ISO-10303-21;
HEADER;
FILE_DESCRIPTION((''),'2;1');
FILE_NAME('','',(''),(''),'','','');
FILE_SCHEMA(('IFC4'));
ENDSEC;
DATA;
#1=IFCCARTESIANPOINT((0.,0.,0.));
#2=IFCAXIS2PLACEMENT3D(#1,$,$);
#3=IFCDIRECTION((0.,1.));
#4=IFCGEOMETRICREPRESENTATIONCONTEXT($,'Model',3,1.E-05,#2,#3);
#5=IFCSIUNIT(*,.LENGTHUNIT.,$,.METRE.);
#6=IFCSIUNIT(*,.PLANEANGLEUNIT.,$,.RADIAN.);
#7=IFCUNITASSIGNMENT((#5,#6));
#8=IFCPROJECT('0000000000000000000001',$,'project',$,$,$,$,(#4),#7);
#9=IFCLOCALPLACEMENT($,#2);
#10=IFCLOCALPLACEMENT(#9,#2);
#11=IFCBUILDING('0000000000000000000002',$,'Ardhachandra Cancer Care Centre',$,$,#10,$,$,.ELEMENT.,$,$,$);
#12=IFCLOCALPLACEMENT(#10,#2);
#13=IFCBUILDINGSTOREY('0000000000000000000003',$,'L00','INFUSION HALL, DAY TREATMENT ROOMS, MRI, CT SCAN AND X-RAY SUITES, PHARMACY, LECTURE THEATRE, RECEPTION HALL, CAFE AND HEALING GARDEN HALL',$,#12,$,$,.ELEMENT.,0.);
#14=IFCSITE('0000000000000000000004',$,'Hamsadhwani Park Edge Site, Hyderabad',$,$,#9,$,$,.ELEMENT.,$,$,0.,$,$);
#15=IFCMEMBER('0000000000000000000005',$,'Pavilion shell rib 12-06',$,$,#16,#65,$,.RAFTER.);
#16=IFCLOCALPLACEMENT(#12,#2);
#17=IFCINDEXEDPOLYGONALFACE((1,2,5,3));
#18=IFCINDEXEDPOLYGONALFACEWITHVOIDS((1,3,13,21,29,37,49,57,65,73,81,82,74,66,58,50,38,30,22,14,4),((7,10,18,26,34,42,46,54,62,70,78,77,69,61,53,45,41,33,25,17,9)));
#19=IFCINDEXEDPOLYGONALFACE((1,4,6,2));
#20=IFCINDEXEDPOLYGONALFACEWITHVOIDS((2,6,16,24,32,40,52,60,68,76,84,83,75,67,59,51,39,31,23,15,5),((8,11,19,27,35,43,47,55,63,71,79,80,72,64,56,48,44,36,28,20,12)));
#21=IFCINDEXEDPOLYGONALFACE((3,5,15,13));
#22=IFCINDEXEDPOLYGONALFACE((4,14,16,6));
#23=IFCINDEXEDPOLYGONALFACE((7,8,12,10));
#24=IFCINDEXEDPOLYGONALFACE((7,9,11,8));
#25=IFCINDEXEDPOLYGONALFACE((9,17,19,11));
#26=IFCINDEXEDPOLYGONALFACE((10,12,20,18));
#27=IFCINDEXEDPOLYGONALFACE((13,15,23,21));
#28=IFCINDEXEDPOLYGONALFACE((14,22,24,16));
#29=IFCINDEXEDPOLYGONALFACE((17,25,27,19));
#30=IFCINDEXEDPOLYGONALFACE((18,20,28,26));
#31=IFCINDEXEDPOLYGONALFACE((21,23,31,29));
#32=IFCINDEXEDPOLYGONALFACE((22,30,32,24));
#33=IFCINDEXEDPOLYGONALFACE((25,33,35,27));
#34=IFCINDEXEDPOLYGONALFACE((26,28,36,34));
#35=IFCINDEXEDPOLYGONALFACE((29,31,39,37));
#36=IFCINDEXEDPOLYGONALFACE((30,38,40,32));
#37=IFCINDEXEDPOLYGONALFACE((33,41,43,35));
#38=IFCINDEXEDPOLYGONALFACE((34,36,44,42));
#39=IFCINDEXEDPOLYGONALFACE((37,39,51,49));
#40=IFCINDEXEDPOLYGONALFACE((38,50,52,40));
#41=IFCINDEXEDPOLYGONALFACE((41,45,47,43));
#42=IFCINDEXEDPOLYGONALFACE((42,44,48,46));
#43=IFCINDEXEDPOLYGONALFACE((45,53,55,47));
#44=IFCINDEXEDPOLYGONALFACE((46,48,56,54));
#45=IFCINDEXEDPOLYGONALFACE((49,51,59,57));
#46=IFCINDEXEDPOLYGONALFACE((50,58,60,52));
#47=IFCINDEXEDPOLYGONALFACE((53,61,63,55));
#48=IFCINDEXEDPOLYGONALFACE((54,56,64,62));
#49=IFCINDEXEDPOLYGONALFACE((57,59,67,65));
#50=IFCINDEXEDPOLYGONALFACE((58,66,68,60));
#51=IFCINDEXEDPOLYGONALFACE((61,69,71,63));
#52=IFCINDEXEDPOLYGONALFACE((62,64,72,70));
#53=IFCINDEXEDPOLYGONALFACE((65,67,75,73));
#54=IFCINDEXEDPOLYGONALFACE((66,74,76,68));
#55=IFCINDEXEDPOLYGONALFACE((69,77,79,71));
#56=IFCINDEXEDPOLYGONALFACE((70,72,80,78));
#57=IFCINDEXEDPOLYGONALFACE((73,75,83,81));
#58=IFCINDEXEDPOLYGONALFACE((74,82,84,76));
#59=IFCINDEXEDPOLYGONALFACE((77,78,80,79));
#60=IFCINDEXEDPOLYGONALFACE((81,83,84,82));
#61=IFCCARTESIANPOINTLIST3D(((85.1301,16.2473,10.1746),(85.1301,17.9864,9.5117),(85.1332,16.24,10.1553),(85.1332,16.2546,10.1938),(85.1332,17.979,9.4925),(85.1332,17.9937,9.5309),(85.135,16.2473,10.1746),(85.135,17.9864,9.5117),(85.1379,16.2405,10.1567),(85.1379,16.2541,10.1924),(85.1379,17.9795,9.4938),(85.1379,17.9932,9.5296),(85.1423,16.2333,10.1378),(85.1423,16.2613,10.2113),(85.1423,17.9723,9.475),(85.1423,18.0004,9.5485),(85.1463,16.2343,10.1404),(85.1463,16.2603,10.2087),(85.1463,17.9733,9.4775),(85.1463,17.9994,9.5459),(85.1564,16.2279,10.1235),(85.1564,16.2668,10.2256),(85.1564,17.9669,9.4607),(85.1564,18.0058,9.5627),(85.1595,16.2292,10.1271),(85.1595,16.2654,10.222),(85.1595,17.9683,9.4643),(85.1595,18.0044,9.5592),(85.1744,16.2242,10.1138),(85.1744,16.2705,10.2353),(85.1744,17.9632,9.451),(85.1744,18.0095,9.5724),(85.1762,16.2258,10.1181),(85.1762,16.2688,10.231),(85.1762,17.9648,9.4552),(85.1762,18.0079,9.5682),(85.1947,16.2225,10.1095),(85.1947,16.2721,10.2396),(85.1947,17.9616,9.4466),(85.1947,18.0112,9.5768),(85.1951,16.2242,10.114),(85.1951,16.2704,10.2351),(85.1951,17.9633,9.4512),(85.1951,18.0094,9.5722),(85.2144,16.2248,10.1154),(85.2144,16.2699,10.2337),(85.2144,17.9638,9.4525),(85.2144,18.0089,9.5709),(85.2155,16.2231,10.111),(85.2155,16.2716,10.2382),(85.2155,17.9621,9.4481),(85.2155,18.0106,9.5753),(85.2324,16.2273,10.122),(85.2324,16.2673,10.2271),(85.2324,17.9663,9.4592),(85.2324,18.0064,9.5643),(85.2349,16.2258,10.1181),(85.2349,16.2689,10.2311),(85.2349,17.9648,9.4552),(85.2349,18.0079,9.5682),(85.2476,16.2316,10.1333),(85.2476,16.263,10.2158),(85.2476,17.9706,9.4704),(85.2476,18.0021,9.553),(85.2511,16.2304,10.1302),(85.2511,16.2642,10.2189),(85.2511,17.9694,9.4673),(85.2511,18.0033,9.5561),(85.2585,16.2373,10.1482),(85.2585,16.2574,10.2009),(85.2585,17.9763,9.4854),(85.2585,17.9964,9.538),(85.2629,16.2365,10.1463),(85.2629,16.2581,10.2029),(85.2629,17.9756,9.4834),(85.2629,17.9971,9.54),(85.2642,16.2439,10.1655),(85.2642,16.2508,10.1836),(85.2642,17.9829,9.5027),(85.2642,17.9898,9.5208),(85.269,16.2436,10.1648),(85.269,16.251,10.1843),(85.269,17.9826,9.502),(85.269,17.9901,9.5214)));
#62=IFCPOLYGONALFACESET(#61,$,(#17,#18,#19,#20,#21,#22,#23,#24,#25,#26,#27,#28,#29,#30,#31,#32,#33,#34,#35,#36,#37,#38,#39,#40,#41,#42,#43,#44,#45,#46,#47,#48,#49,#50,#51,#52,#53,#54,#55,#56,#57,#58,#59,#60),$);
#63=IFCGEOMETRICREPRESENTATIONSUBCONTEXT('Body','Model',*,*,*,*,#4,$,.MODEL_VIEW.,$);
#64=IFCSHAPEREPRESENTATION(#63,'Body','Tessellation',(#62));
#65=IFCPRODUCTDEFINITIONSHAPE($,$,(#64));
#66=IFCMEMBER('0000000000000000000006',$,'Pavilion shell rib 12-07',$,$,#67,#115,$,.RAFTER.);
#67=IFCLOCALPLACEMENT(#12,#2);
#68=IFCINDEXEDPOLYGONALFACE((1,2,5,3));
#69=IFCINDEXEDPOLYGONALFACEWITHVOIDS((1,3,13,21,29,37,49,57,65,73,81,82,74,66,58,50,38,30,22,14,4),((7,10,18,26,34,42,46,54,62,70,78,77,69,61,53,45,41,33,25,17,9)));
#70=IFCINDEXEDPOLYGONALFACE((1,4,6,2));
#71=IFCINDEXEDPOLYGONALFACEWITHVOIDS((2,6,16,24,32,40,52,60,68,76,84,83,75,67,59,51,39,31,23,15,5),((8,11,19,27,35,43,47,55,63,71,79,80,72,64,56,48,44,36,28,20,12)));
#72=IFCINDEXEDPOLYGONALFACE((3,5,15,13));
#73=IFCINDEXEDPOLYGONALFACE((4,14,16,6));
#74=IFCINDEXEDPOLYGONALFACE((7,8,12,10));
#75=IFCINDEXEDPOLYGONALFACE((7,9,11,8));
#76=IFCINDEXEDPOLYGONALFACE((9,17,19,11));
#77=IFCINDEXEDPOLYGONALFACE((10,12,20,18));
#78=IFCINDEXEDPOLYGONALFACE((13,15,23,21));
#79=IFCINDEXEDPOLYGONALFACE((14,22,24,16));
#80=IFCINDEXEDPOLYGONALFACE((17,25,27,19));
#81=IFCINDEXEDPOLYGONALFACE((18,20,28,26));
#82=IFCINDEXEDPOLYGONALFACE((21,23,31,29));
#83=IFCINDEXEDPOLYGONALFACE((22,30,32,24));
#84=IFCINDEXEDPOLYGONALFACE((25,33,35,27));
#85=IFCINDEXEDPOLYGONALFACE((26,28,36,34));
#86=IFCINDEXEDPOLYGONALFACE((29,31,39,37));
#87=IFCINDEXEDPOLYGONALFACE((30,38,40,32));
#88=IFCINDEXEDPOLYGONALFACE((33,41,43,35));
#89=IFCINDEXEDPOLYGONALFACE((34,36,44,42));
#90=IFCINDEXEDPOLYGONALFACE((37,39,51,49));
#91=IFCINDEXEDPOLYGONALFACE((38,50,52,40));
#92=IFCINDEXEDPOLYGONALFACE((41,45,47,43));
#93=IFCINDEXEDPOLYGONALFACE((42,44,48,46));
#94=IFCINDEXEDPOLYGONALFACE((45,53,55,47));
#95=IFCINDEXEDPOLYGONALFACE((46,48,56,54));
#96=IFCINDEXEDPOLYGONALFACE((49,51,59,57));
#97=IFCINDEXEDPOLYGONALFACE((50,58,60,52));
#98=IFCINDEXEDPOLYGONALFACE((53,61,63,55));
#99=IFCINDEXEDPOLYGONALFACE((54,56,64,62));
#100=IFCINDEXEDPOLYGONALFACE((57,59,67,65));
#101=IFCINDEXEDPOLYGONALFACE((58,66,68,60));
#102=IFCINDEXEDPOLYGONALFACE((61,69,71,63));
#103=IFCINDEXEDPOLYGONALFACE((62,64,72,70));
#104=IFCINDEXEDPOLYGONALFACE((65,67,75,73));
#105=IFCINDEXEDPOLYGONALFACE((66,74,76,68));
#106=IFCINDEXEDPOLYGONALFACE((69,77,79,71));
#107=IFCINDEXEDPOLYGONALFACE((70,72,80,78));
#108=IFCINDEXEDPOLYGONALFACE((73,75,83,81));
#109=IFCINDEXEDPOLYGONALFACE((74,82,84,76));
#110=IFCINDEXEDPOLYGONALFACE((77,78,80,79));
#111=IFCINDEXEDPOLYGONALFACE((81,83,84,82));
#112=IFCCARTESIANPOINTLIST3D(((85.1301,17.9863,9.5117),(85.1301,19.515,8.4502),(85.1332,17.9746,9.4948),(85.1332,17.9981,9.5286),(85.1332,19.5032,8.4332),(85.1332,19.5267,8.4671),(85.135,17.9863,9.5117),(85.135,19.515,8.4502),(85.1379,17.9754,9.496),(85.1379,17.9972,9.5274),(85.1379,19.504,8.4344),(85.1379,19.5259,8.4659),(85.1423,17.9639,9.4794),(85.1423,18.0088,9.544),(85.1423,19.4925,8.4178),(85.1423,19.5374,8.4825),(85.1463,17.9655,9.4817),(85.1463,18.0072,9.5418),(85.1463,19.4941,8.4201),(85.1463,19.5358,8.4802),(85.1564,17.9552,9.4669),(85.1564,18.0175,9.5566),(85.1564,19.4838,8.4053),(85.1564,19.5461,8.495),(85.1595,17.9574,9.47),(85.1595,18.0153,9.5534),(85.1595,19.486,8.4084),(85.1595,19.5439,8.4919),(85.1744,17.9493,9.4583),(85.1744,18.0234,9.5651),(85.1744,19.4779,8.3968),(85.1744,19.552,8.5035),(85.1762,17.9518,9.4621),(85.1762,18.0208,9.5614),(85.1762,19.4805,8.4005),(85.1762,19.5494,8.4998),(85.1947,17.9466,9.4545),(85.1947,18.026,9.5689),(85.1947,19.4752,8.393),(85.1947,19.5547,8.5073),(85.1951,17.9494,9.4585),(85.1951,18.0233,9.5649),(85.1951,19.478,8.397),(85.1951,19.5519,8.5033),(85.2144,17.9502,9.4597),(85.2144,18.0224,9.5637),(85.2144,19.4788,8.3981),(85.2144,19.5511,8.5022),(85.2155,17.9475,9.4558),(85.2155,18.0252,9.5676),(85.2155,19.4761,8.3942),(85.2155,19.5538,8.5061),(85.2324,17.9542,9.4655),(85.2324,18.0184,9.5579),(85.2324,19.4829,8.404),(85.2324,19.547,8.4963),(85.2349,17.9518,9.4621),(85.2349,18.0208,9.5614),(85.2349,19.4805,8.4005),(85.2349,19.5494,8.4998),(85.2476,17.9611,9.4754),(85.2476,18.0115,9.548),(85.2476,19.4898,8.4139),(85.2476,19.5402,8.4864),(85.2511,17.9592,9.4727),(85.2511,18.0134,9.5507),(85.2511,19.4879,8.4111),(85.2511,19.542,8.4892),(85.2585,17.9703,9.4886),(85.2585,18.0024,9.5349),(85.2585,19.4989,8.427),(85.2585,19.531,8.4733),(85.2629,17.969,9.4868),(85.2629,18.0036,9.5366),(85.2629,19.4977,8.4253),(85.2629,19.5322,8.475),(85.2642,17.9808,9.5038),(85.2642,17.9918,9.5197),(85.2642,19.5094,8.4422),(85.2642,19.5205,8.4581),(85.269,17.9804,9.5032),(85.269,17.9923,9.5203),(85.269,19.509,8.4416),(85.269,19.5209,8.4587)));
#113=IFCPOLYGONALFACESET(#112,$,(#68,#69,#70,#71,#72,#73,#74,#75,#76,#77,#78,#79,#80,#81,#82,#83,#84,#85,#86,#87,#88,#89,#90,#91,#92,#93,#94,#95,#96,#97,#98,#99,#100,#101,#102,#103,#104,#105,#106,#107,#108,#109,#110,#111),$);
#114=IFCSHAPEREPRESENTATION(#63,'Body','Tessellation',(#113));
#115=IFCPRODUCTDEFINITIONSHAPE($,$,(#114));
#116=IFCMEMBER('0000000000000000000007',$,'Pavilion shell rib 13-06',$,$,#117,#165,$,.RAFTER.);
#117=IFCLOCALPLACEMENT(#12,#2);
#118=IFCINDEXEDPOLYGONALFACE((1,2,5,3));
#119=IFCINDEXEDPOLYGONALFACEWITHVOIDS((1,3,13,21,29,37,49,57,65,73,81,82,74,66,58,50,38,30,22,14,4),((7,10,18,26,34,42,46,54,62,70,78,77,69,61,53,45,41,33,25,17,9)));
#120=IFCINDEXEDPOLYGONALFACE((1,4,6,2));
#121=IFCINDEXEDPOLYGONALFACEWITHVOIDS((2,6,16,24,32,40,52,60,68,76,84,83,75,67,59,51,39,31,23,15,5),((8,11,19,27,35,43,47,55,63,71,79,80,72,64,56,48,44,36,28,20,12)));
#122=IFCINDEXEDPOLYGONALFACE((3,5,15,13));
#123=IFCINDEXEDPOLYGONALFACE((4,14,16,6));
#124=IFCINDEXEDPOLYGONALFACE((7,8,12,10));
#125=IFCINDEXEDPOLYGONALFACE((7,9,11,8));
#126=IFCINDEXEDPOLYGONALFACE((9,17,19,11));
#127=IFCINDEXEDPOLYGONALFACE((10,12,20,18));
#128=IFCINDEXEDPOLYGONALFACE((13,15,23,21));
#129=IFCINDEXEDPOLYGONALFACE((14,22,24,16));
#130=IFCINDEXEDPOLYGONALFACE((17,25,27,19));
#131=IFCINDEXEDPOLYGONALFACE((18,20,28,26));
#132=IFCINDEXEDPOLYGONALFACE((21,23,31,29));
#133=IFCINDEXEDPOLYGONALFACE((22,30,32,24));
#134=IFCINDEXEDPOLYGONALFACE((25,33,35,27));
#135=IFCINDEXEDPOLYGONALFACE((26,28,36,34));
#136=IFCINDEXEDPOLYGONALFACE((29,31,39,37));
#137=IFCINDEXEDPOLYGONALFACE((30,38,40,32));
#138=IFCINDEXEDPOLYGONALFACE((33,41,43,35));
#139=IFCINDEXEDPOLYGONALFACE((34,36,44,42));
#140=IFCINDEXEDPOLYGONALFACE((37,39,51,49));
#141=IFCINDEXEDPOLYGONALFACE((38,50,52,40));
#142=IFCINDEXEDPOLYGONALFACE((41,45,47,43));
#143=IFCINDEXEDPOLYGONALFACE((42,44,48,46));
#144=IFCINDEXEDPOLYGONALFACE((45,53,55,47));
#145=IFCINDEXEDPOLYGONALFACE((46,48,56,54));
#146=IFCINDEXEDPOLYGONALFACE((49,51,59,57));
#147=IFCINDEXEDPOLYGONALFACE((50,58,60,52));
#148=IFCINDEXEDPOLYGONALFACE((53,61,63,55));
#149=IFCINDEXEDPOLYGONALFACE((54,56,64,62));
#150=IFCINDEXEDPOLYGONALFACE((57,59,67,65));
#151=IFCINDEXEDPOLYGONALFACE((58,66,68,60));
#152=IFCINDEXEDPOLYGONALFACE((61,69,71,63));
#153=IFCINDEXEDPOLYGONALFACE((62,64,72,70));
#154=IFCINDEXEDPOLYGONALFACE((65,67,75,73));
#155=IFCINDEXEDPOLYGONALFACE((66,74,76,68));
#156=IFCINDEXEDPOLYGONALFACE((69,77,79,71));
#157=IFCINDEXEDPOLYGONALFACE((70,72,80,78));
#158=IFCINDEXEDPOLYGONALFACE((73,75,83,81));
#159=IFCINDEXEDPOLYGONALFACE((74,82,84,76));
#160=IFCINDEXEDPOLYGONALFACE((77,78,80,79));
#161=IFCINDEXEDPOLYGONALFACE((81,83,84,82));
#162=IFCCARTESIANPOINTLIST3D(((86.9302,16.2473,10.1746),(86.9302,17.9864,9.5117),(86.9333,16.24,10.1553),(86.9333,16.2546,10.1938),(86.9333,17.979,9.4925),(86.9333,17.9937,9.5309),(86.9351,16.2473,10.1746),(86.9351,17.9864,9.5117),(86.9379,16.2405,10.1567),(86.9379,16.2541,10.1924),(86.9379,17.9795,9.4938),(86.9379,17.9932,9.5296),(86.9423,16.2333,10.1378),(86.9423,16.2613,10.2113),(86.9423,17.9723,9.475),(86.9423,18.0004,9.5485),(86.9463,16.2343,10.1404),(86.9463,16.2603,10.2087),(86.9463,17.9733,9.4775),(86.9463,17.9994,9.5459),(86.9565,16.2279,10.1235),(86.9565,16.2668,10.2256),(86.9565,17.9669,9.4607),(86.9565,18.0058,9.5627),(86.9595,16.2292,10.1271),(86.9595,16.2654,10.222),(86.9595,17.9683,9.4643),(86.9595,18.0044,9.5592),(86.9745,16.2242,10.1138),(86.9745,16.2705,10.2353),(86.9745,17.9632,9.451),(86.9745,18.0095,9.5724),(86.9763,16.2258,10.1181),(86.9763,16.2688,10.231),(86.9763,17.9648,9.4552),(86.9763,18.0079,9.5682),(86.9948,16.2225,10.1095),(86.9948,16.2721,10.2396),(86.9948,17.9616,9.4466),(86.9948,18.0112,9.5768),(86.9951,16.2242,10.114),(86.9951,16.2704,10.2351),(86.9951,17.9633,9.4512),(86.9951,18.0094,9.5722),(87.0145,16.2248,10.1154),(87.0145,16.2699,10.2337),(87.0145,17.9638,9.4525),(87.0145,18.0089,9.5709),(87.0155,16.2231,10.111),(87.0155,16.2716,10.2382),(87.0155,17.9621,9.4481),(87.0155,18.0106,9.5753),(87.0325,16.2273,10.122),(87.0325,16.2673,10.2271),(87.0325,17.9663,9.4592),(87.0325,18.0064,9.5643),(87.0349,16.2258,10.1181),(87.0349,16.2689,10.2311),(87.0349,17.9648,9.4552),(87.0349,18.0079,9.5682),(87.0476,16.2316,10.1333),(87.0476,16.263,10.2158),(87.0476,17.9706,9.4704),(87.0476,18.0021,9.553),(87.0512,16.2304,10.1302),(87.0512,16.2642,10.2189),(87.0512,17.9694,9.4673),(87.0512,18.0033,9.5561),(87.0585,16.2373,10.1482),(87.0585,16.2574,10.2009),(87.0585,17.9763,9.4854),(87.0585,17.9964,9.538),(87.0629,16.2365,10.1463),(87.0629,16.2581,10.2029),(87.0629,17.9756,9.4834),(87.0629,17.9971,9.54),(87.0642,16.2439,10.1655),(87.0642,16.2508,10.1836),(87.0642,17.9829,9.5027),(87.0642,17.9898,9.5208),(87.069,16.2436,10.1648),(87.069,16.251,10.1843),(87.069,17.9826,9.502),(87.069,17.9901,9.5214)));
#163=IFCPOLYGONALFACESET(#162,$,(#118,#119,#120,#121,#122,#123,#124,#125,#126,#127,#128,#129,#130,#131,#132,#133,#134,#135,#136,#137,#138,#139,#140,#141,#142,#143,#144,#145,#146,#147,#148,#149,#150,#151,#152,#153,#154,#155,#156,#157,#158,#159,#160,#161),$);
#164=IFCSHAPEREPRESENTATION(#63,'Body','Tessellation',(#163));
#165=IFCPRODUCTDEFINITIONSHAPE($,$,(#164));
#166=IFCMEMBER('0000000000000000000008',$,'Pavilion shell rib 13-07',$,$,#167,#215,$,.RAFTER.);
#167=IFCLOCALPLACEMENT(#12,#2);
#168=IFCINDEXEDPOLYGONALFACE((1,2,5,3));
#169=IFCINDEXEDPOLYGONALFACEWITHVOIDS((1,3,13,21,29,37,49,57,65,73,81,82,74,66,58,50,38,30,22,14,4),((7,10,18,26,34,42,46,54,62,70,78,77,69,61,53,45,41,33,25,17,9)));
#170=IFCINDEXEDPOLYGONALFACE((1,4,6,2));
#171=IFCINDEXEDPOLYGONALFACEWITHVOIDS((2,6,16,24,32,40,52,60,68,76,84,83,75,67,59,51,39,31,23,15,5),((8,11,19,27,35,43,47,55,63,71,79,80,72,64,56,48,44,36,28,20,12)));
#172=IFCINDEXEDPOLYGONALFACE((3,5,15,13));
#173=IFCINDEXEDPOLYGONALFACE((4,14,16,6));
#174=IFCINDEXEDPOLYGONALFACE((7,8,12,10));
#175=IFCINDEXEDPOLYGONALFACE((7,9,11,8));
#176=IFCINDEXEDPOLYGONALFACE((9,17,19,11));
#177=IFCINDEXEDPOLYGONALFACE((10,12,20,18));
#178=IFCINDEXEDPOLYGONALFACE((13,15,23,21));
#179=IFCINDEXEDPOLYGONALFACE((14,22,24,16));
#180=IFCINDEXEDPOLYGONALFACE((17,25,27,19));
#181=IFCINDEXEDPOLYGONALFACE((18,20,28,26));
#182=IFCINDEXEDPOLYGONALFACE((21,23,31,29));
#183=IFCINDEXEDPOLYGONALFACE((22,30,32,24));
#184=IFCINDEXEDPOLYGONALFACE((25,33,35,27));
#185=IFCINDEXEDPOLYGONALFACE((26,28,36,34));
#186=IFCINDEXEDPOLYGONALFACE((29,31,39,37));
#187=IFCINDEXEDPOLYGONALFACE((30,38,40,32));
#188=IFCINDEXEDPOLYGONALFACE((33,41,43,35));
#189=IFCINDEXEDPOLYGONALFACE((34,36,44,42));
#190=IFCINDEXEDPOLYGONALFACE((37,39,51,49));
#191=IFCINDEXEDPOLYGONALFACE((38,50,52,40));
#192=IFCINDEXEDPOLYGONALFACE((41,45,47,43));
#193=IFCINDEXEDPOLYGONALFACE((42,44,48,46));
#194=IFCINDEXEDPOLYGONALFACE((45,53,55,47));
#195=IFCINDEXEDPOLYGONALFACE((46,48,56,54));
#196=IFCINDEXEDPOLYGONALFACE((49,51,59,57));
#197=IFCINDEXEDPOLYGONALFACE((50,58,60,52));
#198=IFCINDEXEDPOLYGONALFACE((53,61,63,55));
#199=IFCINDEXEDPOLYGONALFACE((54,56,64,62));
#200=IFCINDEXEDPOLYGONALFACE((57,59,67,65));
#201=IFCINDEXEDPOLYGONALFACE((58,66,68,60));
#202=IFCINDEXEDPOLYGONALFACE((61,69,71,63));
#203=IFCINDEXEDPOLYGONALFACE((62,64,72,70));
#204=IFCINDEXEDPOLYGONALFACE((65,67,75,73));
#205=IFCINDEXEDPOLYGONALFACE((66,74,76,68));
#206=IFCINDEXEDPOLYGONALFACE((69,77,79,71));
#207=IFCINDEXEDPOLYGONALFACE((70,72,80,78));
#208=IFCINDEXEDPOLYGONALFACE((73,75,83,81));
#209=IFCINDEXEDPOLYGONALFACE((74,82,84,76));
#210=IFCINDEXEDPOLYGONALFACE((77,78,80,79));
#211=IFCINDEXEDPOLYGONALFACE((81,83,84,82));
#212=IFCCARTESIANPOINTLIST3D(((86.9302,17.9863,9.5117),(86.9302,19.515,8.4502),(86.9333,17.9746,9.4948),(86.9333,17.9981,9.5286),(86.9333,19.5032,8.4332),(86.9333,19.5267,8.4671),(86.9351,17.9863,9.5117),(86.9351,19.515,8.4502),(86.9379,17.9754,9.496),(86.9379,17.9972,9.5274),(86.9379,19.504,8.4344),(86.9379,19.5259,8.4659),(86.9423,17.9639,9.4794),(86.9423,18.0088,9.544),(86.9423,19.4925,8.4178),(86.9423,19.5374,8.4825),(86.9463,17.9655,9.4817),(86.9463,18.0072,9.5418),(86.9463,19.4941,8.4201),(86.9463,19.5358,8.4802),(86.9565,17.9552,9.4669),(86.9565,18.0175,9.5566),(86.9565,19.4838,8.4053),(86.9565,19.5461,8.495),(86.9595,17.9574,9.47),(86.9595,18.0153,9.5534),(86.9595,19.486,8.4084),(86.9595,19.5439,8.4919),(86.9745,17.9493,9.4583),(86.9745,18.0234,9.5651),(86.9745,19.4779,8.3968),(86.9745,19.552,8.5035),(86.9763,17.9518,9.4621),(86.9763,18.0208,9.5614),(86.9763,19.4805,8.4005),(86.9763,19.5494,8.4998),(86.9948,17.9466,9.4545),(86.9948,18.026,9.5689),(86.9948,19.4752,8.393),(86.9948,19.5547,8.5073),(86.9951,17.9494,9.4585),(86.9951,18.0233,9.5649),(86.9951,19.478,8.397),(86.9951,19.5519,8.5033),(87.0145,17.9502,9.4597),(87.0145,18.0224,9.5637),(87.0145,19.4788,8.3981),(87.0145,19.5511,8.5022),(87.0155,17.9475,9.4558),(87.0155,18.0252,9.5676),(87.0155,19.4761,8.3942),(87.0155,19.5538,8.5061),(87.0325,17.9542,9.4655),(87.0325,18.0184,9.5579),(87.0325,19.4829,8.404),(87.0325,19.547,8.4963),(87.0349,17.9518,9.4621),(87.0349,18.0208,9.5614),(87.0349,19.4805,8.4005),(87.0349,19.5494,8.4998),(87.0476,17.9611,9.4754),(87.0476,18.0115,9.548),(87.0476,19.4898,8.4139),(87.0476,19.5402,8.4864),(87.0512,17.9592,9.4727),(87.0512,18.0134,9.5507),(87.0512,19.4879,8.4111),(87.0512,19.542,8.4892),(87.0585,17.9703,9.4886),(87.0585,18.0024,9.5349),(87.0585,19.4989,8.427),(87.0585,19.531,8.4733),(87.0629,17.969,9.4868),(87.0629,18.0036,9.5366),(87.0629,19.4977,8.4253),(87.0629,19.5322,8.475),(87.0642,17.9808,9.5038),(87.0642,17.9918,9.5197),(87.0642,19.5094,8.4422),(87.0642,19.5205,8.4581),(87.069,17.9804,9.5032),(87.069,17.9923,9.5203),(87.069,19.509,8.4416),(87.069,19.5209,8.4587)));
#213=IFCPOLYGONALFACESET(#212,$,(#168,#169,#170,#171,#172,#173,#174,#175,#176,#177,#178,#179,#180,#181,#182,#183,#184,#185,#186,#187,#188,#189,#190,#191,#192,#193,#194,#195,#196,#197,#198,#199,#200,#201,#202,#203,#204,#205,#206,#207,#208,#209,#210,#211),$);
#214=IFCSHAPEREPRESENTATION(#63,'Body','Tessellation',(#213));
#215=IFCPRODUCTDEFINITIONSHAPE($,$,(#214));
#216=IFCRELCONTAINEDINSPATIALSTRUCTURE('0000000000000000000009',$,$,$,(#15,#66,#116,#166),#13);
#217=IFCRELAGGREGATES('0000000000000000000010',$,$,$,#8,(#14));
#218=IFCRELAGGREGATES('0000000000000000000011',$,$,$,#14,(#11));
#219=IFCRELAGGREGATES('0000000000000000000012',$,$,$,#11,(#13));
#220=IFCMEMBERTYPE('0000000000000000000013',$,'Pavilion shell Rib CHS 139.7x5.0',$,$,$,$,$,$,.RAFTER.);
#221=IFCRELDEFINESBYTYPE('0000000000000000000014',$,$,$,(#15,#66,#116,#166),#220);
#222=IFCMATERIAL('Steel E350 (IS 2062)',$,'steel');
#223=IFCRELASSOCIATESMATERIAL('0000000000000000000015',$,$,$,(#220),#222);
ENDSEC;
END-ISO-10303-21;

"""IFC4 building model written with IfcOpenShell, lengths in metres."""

from ifc_helpers import new_model, si_unit, direction, frame, origin, origin_2d, place, context, subcontext, project, spatial, hollow_circle, extrude, material, material_profile, profile_set, type_object, element, save


model = new_model("IFC4")

# Units and contexts
model_context = context("Model", 3, precision=1e-05, world=origin(), true_north=direction((0.0, 1.0)))
body_context = subcontext(model_context, "Body", "Model", "MODEL_VIEW")
ifc_project = project(units=[si_unit("LENGTHUNIT", "METRE"), si_unit("PLANEANGLEUNIT", "RADIAN")], contexts=[model_context])

# Site, building, storey
site_placement = place(None, origin())
site = spatial("IfcSite", under=ifc_project, at=site_placement, Name="Hamsadhwani Park Edge Site, Hyderabad", CompositionType="ELEMENT", RefElevation=0.0)
building_placement = place(site_placement, origin())
building = spatial("IfcBuilding", under=site, at=building_placement, Name="Ardhachandra Cancer Care Centre", CompositionType="ELEMENT")
storey_placement = place(building_placement, origin())
storey = spatial("IfcBuildingStorey", under=building, at=storey_placement, Name="L00", Description="INFUSION HALL, DAY TREATMENT ROOMS, MRI, CT SCAN AND X-RAY SUITES, PHARMACY, LECTURE THEATRE, RECEPTION HALL, CAFE AND HEALING GARDEN HALL", CompositionType="ELEMENT", Elevation=0.0)

# Members
ifc_material_1 = material(Name="Steel E350 (IS 2062)", Category="steel")
ifc_material_profile_1 = material_profile(ifc_material_1, hollow_circle(Radius=0.0698, WallThickness=0.0049, at=origin_2d()), Name="CHS 139.7x5.0")
ifc_profile_set_1 = profile_set([ifc_material_profile_1], Name="Steel E350 (IS 2062)")
member_type_1 = type_object("IfcMemberType", Name="Pavilion shell Rib CHS 139.7x5.0", PredefinedType="RAFTER", material=ifc_profile_set_1)
for number, where, z_axis, x_axis, name in (
    (1, (85.2, 16.2473, 10.1746), (0.0, 0.934423, -0.356164), (-1.0, 0.0, 0.0), "Pavilion shell rib 12-06"),
    (2, (85.2, 17.9863, 9.5117), (0.0, 0.821365, -0.570403), (-1.0, 0.0, 0.0), "Pavilion shell rib 12-07"),
    (3, (87.0, 16.2473, 10.1746), (0.0, 0.934423, -0.356164), (-1.0, 0.0, 0.0), "Pavilion shell rib 13-06"),
    (4, (87.0, 17.9863, 9.5117), (0.0, 0.821365, -0.570403), (-1.0, 0.0, 0.0), "Pavilion shell rib 13-07"),
):
    element("IfcMember", number, at=place(storey_placement, frame(where, z_axis=z_axis, x_axis=x_axis)), inside=storey, type_object=member_type_1, Name=name, PredefinedType="RAFTER", context=body_context, shape_type="SweptSolid", body=[
        extrude(hollow_circle(Radius=0.0698, WallThickness=0.0049, at=origin_2d()), origin(), (0.0, 0.0, 1.0), 1.8611),
    ])

save(model, "model.ifc")
